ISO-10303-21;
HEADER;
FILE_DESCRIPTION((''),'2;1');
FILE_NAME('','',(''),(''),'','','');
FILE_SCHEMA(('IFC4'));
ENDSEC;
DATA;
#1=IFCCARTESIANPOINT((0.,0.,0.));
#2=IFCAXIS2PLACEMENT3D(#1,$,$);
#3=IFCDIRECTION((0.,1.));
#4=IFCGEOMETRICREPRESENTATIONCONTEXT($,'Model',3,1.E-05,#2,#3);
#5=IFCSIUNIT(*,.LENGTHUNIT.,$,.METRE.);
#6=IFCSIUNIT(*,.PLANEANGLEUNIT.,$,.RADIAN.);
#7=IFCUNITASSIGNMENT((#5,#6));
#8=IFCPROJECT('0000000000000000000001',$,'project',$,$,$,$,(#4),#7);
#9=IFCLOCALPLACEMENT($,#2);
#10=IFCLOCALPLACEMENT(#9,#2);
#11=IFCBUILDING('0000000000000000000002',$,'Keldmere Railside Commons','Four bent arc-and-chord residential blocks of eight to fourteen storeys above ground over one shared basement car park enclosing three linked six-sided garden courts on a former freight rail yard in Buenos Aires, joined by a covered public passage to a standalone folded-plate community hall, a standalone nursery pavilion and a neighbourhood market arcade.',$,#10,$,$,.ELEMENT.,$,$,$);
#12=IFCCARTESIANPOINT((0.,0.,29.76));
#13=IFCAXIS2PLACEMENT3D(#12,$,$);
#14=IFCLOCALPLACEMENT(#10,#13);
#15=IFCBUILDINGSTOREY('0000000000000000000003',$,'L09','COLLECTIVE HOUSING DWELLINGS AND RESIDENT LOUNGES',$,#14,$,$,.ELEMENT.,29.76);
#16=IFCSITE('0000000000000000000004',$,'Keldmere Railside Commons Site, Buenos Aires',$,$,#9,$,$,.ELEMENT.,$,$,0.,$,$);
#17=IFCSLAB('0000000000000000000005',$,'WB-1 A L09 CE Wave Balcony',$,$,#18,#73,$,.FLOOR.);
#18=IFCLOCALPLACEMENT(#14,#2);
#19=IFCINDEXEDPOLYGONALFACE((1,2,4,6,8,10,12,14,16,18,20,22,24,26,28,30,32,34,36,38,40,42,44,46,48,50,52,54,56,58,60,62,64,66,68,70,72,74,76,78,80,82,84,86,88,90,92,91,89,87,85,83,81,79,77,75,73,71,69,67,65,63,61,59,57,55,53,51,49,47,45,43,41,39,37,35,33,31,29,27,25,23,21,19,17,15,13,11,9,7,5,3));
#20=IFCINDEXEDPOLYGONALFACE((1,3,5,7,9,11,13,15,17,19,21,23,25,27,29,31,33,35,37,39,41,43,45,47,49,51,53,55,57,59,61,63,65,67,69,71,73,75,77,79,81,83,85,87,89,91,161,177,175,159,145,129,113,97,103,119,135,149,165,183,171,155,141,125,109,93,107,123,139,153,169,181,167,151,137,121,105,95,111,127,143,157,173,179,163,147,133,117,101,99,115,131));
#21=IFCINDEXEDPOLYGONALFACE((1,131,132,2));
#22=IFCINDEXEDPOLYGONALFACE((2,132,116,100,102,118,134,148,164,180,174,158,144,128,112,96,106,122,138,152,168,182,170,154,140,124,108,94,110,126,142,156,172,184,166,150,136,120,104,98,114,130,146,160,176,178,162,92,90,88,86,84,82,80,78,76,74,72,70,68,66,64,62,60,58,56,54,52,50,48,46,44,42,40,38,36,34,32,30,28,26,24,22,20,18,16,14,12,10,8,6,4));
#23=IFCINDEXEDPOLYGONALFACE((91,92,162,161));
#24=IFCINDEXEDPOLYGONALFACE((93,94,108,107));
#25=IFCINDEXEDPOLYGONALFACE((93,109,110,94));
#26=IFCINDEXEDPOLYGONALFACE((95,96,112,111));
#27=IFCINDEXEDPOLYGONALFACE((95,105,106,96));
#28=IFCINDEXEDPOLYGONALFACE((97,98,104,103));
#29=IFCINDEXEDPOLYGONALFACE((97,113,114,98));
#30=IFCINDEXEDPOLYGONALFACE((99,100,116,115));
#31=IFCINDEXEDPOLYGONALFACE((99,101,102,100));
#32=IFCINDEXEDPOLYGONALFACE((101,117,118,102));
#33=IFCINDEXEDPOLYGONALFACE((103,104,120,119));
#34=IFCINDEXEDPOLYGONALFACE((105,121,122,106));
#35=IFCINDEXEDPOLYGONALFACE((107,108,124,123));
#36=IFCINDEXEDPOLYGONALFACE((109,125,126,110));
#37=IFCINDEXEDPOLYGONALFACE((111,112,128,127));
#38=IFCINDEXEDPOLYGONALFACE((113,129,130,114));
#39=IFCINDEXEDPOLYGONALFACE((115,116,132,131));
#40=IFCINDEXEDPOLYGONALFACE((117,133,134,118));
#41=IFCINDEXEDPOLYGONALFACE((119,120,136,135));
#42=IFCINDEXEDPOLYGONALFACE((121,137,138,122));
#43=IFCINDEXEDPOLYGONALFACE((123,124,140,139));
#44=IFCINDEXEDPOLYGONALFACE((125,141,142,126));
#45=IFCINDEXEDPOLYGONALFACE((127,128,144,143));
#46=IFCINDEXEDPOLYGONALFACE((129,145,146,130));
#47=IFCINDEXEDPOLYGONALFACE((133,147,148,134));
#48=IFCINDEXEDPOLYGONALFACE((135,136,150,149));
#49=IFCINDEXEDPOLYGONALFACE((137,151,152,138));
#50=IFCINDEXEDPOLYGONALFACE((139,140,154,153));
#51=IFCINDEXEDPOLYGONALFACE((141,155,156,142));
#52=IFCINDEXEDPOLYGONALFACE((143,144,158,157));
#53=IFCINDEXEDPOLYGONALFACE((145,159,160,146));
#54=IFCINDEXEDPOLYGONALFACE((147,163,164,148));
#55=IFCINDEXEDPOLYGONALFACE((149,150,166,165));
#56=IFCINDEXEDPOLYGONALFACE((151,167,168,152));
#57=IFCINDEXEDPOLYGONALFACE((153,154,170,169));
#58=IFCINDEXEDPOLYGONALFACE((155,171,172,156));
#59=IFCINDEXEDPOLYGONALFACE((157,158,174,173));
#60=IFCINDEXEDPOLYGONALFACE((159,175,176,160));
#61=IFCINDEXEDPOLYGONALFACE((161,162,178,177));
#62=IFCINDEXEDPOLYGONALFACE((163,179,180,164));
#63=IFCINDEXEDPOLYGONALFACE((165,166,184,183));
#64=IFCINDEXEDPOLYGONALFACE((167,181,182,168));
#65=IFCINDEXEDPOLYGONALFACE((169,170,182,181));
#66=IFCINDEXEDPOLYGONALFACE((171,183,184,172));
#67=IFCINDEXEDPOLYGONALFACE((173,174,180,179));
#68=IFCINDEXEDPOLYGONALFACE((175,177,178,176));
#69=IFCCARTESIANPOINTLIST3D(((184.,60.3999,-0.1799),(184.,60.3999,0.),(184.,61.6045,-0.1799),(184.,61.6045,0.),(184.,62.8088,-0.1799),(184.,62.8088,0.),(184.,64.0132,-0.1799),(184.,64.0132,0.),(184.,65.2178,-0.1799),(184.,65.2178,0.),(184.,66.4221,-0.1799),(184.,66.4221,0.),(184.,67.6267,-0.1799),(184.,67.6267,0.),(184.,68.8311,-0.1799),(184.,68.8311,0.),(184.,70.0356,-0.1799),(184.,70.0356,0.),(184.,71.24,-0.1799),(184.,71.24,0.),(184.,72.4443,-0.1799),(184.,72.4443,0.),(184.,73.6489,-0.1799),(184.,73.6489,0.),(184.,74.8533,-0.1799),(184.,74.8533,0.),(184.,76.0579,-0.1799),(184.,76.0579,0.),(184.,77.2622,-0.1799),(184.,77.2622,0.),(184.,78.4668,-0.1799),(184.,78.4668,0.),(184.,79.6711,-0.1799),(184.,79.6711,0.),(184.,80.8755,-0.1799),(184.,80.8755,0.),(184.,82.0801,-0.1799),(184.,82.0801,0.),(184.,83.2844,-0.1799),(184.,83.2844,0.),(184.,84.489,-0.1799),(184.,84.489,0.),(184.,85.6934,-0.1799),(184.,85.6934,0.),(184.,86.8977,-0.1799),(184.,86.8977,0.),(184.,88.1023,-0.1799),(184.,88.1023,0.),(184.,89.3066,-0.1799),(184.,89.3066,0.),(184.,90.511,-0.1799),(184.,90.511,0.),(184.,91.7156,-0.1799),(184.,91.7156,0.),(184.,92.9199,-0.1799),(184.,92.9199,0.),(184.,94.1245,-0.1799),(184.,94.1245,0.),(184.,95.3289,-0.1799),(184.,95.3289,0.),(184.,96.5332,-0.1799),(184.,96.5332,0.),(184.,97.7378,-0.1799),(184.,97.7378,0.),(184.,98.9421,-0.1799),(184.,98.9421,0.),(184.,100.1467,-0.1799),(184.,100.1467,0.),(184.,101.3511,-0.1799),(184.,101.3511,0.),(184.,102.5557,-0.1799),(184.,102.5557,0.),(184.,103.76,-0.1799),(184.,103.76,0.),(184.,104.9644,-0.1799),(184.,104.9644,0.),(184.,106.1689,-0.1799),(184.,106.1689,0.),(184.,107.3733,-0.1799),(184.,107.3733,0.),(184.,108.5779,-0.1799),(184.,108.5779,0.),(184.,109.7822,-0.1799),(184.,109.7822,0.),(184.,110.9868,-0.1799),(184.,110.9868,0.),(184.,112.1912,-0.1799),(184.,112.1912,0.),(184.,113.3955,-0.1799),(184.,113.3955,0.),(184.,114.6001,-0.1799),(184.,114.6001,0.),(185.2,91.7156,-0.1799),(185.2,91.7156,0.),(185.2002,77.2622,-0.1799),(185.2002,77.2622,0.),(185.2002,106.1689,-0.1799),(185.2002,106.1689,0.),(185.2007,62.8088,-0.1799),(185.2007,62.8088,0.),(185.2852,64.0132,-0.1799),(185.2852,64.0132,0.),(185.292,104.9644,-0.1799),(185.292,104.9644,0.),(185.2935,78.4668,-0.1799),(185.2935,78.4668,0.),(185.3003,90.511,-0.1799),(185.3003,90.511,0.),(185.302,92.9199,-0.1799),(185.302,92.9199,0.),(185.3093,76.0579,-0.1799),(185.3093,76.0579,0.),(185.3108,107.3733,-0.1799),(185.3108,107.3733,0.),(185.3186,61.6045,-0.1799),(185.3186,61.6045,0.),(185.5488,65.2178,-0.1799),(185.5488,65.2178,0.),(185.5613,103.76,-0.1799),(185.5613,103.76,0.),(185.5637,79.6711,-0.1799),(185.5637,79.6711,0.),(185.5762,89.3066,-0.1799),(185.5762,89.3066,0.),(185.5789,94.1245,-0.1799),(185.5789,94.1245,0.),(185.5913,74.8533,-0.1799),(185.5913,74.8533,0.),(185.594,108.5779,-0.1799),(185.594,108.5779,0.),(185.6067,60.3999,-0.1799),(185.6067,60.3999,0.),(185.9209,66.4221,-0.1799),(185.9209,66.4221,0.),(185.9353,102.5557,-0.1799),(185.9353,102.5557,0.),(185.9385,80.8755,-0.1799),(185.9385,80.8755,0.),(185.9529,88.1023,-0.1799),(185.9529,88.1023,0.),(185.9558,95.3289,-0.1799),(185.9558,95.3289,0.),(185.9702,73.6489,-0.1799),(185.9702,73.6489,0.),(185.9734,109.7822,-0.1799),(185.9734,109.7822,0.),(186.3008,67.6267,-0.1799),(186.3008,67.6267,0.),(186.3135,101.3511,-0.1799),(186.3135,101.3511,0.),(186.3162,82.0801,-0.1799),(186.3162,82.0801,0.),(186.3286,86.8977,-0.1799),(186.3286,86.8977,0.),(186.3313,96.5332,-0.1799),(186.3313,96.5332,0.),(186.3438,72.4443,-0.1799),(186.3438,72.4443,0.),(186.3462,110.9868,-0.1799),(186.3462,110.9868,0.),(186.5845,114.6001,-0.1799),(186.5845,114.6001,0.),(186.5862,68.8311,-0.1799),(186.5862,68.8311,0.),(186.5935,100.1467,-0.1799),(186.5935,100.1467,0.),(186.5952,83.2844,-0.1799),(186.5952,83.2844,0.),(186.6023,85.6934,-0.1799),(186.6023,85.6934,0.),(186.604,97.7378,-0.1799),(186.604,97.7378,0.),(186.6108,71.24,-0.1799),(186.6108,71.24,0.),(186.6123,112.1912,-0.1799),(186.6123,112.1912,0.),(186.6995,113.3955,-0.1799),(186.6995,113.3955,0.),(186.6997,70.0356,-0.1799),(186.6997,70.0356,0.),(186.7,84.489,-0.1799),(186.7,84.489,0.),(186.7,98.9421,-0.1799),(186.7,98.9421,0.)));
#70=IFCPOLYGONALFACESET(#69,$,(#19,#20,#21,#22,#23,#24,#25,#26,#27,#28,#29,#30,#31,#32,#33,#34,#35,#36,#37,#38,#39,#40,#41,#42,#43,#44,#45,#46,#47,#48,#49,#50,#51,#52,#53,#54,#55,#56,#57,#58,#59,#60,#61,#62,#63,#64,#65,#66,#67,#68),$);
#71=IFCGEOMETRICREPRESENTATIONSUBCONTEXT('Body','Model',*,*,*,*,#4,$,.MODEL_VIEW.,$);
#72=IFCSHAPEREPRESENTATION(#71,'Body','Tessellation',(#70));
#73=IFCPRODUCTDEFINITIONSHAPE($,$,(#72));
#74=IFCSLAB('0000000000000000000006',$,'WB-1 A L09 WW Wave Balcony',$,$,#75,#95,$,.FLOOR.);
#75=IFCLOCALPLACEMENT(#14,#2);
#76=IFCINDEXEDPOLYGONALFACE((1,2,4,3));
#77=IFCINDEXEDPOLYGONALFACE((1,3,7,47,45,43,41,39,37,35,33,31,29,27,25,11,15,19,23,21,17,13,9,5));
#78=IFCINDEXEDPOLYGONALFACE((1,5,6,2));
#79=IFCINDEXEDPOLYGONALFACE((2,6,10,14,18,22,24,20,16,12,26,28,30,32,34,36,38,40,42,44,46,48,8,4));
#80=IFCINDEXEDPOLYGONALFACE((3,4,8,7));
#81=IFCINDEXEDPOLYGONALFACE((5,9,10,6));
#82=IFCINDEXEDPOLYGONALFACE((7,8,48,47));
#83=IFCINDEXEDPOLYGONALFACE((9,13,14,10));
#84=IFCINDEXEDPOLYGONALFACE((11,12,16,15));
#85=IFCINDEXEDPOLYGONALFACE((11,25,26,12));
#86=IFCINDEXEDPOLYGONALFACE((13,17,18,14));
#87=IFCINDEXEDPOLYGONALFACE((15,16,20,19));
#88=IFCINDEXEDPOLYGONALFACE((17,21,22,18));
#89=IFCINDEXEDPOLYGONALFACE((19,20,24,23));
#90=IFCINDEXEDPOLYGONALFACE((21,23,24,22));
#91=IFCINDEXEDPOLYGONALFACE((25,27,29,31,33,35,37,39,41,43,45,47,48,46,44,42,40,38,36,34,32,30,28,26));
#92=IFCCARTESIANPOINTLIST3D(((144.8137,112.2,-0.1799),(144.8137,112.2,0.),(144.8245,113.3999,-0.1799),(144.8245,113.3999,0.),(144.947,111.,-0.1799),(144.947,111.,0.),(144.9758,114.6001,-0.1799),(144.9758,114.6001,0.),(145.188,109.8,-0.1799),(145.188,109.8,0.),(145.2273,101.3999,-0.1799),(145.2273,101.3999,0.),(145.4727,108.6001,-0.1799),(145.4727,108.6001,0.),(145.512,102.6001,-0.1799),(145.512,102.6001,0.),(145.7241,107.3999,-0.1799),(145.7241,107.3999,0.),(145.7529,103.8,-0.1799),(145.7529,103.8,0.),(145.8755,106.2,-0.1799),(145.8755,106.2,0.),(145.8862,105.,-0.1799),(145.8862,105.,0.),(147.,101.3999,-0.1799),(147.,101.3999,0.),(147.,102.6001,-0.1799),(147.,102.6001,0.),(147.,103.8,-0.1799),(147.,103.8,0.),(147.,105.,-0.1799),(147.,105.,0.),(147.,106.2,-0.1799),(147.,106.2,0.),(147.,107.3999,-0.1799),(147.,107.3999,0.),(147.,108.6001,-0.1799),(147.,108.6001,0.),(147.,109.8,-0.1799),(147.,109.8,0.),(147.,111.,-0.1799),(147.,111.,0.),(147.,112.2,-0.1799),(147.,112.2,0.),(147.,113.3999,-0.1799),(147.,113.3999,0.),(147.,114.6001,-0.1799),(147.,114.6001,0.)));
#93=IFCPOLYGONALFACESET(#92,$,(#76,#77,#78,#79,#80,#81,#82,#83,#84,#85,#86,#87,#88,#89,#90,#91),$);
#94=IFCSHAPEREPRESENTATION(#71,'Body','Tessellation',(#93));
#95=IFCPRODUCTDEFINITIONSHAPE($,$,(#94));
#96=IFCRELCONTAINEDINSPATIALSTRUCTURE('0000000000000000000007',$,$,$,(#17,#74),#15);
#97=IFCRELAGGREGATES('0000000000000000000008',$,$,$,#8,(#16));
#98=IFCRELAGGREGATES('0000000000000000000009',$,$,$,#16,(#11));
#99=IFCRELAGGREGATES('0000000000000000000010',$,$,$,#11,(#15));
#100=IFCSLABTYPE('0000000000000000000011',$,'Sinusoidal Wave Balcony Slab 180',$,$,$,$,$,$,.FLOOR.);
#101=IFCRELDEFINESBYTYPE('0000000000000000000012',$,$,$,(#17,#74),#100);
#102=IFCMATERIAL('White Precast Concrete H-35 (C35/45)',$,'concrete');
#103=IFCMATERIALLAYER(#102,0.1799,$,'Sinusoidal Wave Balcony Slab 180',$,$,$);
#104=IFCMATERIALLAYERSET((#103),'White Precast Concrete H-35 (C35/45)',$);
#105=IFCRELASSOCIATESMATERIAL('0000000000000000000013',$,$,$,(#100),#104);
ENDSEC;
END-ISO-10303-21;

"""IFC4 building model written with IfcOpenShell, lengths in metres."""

from ifc_helpers import new_model, si_unit, direction, frame, origin, place, context, subcontext, project, spatial, polyline, outline, extrude, material, layer, layer_set, type_object, element, save


model = new_model("IFC4")

# Units and contexts
model_context = context("Model", 3, precision=1e-05, world=origin(), true_north=direction((0.0, 1.0)))
body_context = subcontext(model_context, "Body", "Model", "MODEL_VIEW")
ifc_project = project(units=[si_unit("LENGTHUNIT", "METRE"), si_unit("PLANEANGLEUNIT", "RADIAN")], contexts=[model_context])

# Site, building, storey
site_placement = place(None, origin())
site = spatial("IfcSite", under=ifc_project, at=site_placement, Name="Keldmere Railside Commons Site, Buenos Aires", CompositionType="ELEMENT", RefElevation=0.0)
building_placement = place(site_placement, origin())
building = spatial("IfcBuilding", under=site, at=building_placement, Name="Keldmere Railside Commons", Description="Four bent arc-and-chord residential blocks of eight to fourteen storeys above ground over one shared basement car park enclosing three linked six-sided garden courts on a former freight rail yard in Buenos Aires, joined by a covered public passage to a standalone folded-plate community hall, a standalone nursery pavilion and a neighbourhood market arcade.", CompositionType="ELEMENT")
storey_placement = place(building_placement, frame((0.0, 0.0, 29.76)))
storey = spatial("IfcBuildingStorey", under=building, at=storey_placement, Name="L09", Description="COLLECTIVE HOUSING DWELLINGS AND RESIDENT LOUNGES", CompositionType="ELEMENT", Elevation=29.76)

# Slabs
ifc_material_1 = material(Name="White Precast Concrete H-35 (C35/45)", Category="concrete")
ifc_layer_1 = layer(ifc_material_1, 0.1799, Name="Sinusoidal Wave Balcony Slab 180")
ifc_layer_set_1 = layer_set([ifc_layer_1], Name="White Precast Concrete H-35 (C35/45)")
slab_type_1 = type_object("IfcSlabType", Name="Sinusoidal Wave Balcony Slab 180", PredefinedType="FLOOR", material=ifc_layer_set_1)
slab_1_placement = place(storey_placement, frame((0.0, 0.0, -0.1799)))
element("IfcSlab", 1, at=slab_1_placement, inside=storey, type_object=slab_type_1, Name="WB-1 A L09 CE Wave Balcony", PredefinedType="FLOOR", context=body_context, shape_type="SweptSolid", body=[
    extrude(outline(polyline([(185.6067, 60.3999), (185.3186, 61.6045), (185.2007, 62.8088), (185.2852, 64.0132), (185.5488, 65.2178), (185.9209, 66.4221), (186.3008, 67.6267), (186.5862, 68.8311), (186.6997, 70.0356), (186.6108, 71.24), (186.3438, 72.4443), (185.9702, 73.6489), (185.5913, 74.8533), (185.3093, 76.0579), (185.2002, 77.2622), (185.2935, 78.4668), (185.5637, 79.6711), (185.9385, 80.8755), (186.3162, 82.0801), (186.5952, 83.2844), (186.7, 84.489), (186.6023, 85.6934), (186.3286, 86.8977), (185.9529, 88.1023), (185.5762, 89.3066), (185.3003, 90.511), (185.2, 91.7156), (185.302, 92.9199), (185.5789, 94.1245), (185.9558, 95.3289), (186.3313, 96.5332), (186.604, 97.7378), (186.7, 98.9421), (186.5935, 100.1467), (186.3135, 101.3511), (185.9353, 102.5557), (185.5613, 103.76), (185.292, 104.9644), (185.2002, 106.1689), (185.3108, 107.3733), (185.594, 108.5779), (185.9734, 109.7822), (186.3462, 110.9868), (186.6123, 112.1912), (186.6995, 113.3955), (186.5845, 114.6001), (184.0, 114.6001), (184.0, 113.3955), (184.0, 112.1912), (184.0, 110.9868), (184.0, 109.7822), (184.0, 108.5779), (184.0, 107.3733), (184.0, 106.1689), (184.0, 104.9644), (184.0, 103.76), (184.0, 102.5557), (184.0, 101.3511), (184.0, 100.1467), (184.0, 98.9421), (184.0, 97.7378), (184.0, 96.5332), (184.0, 95.3289), (184.0, 94.1245), (184.0, 92.9199), (184.0, 91.7156), (184.0, 90.511), (184.0, 89.3066), (184.0, 88.1023), (184.0, 86.8977), (184.0, 85.6934), (184.0, 84.489), (184.0, 83.2844), (184.0, 82.0801), (184.0, 80.8755), (184.0, 79.6711), (184.0, 78.4668), (184.0, 77.2622), (184.0, 76.0579), (184.0, 74.8533), (184.0, 73.6489), (184.0, 72.4443), (184.0, 71.24), (184.0, 70.0356), (184.0, 68.8311), (184.0, 67.6267), (184.0, 66.4221), (184.0, 65.2178), (184.0, 64.0132), (184.0, 62.8088), (184.0, 61.6045), (184.0, 60.3999), (185.6067, 60.3999)])), origin(), (0.0, 0.0, 1.0), 0.1799),
])
slab_2_placement = place(storey_placement, frame((0.0, 0.0, -0.1799)))
element("IfcSlab", 2, at=slab_2_placement, inside=storey, type_object=slab_type_1, Name="WB-1 A L09 WW Wave Balcony", PredefinedType="FLOOR", context=body_context, shape_type="SweptSolid", body=[
    extrude(outline(polyline([(147.0, 101.3999), (147.0, 102.6001), (147.0, 103.8), (147.0, 105.0), (147.0, 106.2), (147.0, 107.3999), (147.0, 108.6001), (147.0, 109.8), (147.0, 111.0), (147.0, 112.2), (147.0, 113.3999), (147.0, 114.6001), (144.9758, 114.6001), (144.8245, 113.3999), (144.8137, 112.2), (144.947, 111.0), (145.188, 109.8), (145.4727, 108.6001), (145.7241, 107.3999), (145.8755, 106.2), (145.8862, 105.0), (145.7529, 103.8), (145.512, 102.6001), (145.2273, 101.3999), (147.0, 101.3999)])), origin(), (0.0, 0.0, 1.0), 0.1799),
])

save(model, "model.ifc")
